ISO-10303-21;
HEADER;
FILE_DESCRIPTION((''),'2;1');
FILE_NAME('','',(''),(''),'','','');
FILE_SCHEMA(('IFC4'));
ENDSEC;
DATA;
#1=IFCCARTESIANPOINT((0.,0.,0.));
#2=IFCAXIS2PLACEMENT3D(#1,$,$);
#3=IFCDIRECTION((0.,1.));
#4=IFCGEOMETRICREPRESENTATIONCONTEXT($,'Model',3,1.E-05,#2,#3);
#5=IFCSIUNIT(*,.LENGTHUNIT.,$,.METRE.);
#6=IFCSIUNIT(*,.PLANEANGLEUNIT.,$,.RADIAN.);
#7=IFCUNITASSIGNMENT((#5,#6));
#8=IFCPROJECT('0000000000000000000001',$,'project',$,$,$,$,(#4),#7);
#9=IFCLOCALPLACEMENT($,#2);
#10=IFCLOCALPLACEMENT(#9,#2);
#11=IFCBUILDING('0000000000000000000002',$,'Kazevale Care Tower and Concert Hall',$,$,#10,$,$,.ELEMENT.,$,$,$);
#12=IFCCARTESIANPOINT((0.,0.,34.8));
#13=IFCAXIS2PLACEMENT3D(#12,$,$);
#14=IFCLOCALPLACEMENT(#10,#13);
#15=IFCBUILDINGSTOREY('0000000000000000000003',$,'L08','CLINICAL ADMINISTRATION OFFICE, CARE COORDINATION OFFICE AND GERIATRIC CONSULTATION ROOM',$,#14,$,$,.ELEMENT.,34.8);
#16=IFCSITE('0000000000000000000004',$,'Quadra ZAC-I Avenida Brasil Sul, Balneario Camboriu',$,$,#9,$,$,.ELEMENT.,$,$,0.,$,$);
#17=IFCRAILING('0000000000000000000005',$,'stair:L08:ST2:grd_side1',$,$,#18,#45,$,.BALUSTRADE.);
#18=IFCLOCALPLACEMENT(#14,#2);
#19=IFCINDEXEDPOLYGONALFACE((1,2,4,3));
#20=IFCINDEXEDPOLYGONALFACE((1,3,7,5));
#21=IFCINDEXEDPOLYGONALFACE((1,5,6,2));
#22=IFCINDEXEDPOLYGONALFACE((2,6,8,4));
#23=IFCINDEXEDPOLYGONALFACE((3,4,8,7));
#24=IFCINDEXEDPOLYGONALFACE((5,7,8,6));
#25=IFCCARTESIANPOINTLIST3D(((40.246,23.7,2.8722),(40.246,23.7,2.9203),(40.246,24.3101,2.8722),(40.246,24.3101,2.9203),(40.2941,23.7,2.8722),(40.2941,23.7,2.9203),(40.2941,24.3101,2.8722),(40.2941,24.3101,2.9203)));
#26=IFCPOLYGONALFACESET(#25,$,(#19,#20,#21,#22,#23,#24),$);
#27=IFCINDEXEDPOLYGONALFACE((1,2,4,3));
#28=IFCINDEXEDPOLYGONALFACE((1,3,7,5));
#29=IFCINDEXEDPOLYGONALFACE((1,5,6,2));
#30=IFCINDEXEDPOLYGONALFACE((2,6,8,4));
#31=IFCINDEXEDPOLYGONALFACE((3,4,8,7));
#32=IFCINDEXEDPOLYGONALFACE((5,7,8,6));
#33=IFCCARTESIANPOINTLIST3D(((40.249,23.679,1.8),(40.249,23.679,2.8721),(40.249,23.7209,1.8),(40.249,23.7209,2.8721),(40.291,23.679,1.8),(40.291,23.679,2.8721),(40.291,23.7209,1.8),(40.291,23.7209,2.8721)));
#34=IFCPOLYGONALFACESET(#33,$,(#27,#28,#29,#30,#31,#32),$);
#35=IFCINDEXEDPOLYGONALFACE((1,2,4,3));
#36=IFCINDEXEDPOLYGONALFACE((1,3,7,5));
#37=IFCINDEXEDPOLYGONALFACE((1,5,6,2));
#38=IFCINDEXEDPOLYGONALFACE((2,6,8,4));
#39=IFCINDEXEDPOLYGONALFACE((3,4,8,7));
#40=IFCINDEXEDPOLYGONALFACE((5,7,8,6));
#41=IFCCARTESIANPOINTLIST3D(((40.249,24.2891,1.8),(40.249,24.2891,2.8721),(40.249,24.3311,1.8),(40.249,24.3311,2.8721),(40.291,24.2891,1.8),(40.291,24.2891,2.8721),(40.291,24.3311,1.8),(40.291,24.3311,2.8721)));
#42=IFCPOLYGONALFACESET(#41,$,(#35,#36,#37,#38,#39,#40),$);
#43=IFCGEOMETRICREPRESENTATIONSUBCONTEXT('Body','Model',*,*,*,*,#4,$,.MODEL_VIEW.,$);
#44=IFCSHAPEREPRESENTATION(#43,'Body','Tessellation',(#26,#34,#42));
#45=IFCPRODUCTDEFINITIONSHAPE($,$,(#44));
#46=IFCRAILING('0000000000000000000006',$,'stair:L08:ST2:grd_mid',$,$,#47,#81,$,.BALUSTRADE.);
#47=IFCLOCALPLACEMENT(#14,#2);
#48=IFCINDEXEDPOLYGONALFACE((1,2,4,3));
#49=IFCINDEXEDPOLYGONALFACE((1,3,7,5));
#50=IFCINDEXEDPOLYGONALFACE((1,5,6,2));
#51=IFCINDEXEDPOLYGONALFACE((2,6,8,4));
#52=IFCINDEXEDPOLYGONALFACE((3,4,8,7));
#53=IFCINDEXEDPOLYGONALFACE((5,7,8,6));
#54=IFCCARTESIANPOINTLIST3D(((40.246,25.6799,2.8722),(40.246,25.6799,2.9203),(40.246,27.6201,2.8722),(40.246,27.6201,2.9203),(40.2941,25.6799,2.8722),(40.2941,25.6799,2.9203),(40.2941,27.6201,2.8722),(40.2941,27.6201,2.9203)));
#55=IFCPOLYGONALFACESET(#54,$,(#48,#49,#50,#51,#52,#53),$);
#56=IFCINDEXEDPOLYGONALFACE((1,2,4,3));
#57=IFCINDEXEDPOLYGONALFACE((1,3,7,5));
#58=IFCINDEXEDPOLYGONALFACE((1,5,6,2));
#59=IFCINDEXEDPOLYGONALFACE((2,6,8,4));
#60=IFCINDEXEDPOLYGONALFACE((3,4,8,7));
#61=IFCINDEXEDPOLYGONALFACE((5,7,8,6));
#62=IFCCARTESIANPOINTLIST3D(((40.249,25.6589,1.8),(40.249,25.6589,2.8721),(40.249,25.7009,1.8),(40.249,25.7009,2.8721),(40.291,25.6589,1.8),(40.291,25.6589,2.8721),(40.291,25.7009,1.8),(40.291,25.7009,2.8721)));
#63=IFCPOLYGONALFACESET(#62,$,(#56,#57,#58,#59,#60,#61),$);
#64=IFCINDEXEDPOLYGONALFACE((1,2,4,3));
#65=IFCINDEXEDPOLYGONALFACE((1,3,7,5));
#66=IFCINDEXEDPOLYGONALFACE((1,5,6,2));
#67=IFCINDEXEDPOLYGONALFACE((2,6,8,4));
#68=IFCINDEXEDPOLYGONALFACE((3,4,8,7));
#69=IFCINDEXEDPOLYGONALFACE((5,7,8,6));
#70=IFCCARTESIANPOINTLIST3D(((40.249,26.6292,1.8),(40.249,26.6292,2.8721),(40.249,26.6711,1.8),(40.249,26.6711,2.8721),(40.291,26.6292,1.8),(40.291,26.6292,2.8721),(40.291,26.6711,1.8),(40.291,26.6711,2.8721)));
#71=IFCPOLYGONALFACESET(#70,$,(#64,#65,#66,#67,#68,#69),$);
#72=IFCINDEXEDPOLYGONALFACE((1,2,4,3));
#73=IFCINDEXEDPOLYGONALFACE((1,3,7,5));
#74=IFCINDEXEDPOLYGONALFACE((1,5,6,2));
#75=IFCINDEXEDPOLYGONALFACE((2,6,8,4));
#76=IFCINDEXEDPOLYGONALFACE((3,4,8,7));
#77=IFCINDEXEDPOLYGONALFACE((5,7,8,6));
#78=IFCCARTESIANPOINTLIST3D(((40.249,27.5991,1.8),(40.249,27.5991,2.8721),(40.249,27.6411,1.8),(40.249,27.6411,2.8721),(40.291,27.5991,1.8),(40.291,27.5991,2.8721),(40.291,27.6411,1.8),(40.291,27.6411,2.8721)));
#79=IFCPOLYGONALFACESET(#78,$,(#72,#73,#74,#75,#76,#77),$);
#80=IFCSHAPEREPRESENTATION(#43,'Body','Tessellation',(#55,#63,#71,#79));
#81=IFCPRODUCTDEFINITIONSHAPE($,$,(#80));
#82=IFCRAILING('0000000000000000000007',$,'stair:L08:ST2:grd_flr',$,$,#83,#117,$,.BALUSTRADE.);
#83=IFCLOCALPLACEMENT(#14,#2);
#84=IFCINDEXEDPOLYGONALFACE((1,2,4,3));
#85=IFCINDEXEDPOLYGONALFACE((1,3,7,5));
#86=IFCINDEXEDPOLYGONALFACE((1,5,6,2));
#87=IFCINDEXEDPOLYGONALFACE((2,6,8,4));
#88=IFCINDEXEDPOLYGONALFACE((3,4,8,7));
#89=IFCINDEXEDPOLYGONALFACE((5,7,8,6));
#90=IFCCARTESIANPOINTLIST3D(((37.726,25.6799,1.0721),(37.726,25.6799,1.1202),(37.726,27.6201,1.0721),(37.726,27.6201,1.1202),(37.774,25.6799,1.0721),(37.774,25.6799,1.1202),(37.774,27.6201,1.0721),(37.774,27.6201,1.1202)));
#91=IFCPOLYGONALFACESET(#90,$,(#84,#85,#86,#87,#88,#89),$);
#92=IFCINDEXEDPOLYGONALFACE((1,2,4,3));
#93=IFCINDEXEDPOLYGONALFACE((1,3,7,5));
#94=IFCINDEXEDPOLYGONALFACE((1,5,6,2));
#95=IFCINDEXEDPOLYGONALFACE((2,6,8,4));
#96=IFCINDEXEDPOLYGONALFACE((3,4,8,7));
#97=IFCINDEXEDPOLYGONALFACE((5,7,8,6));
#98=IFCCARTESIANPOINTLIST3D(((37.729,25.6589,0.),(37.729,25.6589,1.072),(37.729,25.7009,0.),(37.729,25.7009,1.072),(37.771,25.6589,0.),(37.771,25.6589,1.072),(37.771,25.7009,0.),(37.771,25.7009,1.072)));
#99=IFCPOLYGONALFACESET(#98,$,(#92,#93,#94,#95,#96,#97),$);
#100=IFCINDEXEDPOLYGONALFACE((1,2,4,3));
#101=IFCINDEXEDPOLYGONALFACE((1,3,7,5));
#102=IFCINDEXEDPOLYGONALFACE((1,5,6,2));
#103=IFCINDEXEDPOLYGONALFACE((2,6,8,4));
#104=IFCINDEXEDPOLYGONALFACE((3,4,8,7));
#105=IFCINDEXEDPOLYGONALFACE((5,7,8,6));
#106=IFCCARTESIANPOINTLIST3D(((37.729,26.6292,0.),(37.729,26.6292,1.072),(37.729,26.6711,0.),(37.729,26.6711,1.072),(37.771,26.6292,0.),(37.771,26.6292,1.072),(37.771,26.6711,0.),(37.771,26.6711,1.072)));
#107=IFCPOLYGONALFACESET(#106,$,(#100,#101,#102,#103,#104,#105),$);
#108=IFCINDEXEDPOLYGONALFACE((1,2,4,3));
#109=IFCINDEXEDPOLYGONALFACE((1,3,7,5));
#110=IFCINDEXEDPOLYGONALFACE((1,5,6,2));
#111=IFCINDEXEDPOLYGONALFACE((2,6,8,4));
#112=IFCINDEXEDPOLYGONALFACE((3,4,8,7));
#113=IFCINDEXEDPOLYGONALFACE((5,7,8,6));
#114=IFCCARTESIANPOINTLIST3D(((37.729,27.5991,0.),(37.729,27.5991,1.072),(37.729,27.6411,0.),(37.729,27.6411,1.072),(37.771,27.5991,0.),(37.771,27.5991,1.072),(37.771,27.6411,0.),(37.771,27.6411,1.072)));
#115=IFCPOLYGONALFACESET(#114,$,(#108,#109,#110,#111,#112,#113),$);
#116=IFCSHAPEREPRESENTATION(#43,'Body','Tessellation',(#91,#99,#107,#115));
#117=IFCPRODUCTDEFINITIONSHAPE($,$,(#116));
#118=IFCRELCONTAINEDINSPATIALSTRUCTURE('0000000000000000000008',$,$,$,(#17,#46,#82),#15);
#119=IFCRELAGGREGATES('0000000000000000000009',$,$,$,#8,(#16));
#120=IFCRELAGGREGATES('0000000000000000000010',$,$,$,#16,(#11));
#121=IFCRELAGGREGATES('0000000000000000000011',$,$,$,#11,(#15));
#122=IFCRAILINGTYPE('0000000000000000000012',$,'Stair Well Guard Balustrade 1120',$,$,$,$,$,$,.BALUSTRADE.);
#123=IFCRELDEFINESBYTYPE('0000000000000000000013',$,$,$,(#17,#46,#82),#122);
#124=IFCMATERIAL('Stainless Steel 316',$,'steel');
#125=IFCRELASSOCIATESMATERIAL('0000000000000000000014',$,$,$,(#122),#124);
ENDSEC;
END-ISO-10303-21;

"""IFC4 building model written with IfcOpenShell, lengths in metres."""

from ifc_helpers import new_model, si_unit, direction, frame, origin, origin_2d, place, context, subcontext, project, spatial, rectangle, extrude, material, type_object, element, save


model = new_model("IFC4")

# Units and contexts
model_context = context("Model", 3, precision=1e-05, world=origin(), true_north=direction((0.0, 1.0)))
body_context = subcontext(model_context, "Body", "Model", "MODEL_VIEW")
ifc_project = project(units=[si_unit("LENGTHUNIT", "METRE"), si_unit("PLANEANGLEUNIT", "RADIAN")], contexts=[model_context])

# Site, building, storey
site_placement = place(None, origin())
site = spatial("IfcSite", under=ifc_project, at=site_placement, Name="Quadra ZAC-I Avenida Brasil Sul, Balneario Camboriu", CompositionType="ELEMENT", RefElevation=0.0)
building_placement = place(site_placement, origin())
building = spatial("IfcBuilding", under=site, at=building_placement, Name="Kazevale Care Tower and Concert Hall", CompositionType="ELEMENT")
storey_placement = place(building_placement, frame((0.0, 0.0, 34.8)))
storey = spatial("IfcBuildingStorey", under=building, at=storey_placement, Name="L08", Description="CLINICAL ADMINISTRATION OFFICE, CARE COORDINATION OFFICE AND GERIATRIC CONSULTATION ROOM", CompositionType="ELEMENT", Elevation=34.8)

# Railings
ifc_material_1 = material(Name="Stainless Steel 316", Category="steel")
railing_type_1 = type_object("IfcRailingType", Name="Stair Well Guard Balustrade 1120", PredefinedType="BALUSTRADE", material=ifc_material_1)
railing_1_placement = place(storey_placement, frame((40.27, 23.7, 1.8)))
element("IfcRailing", 1, at=railing_1_placement, inside=storey, type_object=railing_type_1, Name="stair:L08:ST2:grd_side1", PredefinedType="BALUSTRADE", context=body_context, shape_type="SweptSolid", body=[
    extrude(rectangle(XDim=0.0481, YDim=0.0481, at=origin_2d()), frame((0.0, 0.0, 1.0962), z_axis=(0.0, 1.0, 0.0), x_axis=(-1.0, 0.0, 0.0)), (0.0, 0.0, 1.0), 0.6101),
    extrude(rectangle(XDim=0.042, YDim=0.042, at=origin_2d()), origin(), (0.0, 0.0, 1.0), 1.072),
    extrude(rectangle(XDim=0.042, YDim=0.042, at=origin_2d()), frame((0.0, 0.6101, 0.0)), (0.0, 0.0, 1.0), 1.072),
])
for number, where, name in (
    (2, (40.27, 25.6799, 1.8), "stair:L08:ST2:grd_mid"),
    (3, (37.75, 25.6799, 0.0), "stair:L08:ST2:grd_flr"),
):
    element("IfcRailing", number, at=place(storey_placement, frame(where)), inside=storey, type_object=railing_type_1, Name=name, PredefinedType="BALUSTRADE", context=body_context, shape_type="SweptSolid", body=[
        extrude(rectangle(XDim=0.0481, YDim=0.0481, at=origin_2d()), frame((0.0, 0.0, 1.0962), z_axis=(0.0, 1.0, 0.0), x_axis=(-1.0, 0.0, 0.0)), (0.0, 0.0, 1.0), 1.9402),
        extrude(rectangle(XDim=0.042, YDim=0.042, at=origin_2d()), origin(), (0.0, 0.0, 1.0), 1.072),
        extrude(rectangle(XDim=0.042, YDim=0.042, at=origin_2d()), frame((0.0, 0.9702, 0.0)), (0.0, 0.0, 1.0), 1.072),
        extrude(rectangle(XDim=0.042, YDim=0.042, at=origin_2d()), frame((0.0, 1.9402, 0.0)), (0.0, 0.0, 1.0), 1.072),
    ])

save(model, "model.ifc")
